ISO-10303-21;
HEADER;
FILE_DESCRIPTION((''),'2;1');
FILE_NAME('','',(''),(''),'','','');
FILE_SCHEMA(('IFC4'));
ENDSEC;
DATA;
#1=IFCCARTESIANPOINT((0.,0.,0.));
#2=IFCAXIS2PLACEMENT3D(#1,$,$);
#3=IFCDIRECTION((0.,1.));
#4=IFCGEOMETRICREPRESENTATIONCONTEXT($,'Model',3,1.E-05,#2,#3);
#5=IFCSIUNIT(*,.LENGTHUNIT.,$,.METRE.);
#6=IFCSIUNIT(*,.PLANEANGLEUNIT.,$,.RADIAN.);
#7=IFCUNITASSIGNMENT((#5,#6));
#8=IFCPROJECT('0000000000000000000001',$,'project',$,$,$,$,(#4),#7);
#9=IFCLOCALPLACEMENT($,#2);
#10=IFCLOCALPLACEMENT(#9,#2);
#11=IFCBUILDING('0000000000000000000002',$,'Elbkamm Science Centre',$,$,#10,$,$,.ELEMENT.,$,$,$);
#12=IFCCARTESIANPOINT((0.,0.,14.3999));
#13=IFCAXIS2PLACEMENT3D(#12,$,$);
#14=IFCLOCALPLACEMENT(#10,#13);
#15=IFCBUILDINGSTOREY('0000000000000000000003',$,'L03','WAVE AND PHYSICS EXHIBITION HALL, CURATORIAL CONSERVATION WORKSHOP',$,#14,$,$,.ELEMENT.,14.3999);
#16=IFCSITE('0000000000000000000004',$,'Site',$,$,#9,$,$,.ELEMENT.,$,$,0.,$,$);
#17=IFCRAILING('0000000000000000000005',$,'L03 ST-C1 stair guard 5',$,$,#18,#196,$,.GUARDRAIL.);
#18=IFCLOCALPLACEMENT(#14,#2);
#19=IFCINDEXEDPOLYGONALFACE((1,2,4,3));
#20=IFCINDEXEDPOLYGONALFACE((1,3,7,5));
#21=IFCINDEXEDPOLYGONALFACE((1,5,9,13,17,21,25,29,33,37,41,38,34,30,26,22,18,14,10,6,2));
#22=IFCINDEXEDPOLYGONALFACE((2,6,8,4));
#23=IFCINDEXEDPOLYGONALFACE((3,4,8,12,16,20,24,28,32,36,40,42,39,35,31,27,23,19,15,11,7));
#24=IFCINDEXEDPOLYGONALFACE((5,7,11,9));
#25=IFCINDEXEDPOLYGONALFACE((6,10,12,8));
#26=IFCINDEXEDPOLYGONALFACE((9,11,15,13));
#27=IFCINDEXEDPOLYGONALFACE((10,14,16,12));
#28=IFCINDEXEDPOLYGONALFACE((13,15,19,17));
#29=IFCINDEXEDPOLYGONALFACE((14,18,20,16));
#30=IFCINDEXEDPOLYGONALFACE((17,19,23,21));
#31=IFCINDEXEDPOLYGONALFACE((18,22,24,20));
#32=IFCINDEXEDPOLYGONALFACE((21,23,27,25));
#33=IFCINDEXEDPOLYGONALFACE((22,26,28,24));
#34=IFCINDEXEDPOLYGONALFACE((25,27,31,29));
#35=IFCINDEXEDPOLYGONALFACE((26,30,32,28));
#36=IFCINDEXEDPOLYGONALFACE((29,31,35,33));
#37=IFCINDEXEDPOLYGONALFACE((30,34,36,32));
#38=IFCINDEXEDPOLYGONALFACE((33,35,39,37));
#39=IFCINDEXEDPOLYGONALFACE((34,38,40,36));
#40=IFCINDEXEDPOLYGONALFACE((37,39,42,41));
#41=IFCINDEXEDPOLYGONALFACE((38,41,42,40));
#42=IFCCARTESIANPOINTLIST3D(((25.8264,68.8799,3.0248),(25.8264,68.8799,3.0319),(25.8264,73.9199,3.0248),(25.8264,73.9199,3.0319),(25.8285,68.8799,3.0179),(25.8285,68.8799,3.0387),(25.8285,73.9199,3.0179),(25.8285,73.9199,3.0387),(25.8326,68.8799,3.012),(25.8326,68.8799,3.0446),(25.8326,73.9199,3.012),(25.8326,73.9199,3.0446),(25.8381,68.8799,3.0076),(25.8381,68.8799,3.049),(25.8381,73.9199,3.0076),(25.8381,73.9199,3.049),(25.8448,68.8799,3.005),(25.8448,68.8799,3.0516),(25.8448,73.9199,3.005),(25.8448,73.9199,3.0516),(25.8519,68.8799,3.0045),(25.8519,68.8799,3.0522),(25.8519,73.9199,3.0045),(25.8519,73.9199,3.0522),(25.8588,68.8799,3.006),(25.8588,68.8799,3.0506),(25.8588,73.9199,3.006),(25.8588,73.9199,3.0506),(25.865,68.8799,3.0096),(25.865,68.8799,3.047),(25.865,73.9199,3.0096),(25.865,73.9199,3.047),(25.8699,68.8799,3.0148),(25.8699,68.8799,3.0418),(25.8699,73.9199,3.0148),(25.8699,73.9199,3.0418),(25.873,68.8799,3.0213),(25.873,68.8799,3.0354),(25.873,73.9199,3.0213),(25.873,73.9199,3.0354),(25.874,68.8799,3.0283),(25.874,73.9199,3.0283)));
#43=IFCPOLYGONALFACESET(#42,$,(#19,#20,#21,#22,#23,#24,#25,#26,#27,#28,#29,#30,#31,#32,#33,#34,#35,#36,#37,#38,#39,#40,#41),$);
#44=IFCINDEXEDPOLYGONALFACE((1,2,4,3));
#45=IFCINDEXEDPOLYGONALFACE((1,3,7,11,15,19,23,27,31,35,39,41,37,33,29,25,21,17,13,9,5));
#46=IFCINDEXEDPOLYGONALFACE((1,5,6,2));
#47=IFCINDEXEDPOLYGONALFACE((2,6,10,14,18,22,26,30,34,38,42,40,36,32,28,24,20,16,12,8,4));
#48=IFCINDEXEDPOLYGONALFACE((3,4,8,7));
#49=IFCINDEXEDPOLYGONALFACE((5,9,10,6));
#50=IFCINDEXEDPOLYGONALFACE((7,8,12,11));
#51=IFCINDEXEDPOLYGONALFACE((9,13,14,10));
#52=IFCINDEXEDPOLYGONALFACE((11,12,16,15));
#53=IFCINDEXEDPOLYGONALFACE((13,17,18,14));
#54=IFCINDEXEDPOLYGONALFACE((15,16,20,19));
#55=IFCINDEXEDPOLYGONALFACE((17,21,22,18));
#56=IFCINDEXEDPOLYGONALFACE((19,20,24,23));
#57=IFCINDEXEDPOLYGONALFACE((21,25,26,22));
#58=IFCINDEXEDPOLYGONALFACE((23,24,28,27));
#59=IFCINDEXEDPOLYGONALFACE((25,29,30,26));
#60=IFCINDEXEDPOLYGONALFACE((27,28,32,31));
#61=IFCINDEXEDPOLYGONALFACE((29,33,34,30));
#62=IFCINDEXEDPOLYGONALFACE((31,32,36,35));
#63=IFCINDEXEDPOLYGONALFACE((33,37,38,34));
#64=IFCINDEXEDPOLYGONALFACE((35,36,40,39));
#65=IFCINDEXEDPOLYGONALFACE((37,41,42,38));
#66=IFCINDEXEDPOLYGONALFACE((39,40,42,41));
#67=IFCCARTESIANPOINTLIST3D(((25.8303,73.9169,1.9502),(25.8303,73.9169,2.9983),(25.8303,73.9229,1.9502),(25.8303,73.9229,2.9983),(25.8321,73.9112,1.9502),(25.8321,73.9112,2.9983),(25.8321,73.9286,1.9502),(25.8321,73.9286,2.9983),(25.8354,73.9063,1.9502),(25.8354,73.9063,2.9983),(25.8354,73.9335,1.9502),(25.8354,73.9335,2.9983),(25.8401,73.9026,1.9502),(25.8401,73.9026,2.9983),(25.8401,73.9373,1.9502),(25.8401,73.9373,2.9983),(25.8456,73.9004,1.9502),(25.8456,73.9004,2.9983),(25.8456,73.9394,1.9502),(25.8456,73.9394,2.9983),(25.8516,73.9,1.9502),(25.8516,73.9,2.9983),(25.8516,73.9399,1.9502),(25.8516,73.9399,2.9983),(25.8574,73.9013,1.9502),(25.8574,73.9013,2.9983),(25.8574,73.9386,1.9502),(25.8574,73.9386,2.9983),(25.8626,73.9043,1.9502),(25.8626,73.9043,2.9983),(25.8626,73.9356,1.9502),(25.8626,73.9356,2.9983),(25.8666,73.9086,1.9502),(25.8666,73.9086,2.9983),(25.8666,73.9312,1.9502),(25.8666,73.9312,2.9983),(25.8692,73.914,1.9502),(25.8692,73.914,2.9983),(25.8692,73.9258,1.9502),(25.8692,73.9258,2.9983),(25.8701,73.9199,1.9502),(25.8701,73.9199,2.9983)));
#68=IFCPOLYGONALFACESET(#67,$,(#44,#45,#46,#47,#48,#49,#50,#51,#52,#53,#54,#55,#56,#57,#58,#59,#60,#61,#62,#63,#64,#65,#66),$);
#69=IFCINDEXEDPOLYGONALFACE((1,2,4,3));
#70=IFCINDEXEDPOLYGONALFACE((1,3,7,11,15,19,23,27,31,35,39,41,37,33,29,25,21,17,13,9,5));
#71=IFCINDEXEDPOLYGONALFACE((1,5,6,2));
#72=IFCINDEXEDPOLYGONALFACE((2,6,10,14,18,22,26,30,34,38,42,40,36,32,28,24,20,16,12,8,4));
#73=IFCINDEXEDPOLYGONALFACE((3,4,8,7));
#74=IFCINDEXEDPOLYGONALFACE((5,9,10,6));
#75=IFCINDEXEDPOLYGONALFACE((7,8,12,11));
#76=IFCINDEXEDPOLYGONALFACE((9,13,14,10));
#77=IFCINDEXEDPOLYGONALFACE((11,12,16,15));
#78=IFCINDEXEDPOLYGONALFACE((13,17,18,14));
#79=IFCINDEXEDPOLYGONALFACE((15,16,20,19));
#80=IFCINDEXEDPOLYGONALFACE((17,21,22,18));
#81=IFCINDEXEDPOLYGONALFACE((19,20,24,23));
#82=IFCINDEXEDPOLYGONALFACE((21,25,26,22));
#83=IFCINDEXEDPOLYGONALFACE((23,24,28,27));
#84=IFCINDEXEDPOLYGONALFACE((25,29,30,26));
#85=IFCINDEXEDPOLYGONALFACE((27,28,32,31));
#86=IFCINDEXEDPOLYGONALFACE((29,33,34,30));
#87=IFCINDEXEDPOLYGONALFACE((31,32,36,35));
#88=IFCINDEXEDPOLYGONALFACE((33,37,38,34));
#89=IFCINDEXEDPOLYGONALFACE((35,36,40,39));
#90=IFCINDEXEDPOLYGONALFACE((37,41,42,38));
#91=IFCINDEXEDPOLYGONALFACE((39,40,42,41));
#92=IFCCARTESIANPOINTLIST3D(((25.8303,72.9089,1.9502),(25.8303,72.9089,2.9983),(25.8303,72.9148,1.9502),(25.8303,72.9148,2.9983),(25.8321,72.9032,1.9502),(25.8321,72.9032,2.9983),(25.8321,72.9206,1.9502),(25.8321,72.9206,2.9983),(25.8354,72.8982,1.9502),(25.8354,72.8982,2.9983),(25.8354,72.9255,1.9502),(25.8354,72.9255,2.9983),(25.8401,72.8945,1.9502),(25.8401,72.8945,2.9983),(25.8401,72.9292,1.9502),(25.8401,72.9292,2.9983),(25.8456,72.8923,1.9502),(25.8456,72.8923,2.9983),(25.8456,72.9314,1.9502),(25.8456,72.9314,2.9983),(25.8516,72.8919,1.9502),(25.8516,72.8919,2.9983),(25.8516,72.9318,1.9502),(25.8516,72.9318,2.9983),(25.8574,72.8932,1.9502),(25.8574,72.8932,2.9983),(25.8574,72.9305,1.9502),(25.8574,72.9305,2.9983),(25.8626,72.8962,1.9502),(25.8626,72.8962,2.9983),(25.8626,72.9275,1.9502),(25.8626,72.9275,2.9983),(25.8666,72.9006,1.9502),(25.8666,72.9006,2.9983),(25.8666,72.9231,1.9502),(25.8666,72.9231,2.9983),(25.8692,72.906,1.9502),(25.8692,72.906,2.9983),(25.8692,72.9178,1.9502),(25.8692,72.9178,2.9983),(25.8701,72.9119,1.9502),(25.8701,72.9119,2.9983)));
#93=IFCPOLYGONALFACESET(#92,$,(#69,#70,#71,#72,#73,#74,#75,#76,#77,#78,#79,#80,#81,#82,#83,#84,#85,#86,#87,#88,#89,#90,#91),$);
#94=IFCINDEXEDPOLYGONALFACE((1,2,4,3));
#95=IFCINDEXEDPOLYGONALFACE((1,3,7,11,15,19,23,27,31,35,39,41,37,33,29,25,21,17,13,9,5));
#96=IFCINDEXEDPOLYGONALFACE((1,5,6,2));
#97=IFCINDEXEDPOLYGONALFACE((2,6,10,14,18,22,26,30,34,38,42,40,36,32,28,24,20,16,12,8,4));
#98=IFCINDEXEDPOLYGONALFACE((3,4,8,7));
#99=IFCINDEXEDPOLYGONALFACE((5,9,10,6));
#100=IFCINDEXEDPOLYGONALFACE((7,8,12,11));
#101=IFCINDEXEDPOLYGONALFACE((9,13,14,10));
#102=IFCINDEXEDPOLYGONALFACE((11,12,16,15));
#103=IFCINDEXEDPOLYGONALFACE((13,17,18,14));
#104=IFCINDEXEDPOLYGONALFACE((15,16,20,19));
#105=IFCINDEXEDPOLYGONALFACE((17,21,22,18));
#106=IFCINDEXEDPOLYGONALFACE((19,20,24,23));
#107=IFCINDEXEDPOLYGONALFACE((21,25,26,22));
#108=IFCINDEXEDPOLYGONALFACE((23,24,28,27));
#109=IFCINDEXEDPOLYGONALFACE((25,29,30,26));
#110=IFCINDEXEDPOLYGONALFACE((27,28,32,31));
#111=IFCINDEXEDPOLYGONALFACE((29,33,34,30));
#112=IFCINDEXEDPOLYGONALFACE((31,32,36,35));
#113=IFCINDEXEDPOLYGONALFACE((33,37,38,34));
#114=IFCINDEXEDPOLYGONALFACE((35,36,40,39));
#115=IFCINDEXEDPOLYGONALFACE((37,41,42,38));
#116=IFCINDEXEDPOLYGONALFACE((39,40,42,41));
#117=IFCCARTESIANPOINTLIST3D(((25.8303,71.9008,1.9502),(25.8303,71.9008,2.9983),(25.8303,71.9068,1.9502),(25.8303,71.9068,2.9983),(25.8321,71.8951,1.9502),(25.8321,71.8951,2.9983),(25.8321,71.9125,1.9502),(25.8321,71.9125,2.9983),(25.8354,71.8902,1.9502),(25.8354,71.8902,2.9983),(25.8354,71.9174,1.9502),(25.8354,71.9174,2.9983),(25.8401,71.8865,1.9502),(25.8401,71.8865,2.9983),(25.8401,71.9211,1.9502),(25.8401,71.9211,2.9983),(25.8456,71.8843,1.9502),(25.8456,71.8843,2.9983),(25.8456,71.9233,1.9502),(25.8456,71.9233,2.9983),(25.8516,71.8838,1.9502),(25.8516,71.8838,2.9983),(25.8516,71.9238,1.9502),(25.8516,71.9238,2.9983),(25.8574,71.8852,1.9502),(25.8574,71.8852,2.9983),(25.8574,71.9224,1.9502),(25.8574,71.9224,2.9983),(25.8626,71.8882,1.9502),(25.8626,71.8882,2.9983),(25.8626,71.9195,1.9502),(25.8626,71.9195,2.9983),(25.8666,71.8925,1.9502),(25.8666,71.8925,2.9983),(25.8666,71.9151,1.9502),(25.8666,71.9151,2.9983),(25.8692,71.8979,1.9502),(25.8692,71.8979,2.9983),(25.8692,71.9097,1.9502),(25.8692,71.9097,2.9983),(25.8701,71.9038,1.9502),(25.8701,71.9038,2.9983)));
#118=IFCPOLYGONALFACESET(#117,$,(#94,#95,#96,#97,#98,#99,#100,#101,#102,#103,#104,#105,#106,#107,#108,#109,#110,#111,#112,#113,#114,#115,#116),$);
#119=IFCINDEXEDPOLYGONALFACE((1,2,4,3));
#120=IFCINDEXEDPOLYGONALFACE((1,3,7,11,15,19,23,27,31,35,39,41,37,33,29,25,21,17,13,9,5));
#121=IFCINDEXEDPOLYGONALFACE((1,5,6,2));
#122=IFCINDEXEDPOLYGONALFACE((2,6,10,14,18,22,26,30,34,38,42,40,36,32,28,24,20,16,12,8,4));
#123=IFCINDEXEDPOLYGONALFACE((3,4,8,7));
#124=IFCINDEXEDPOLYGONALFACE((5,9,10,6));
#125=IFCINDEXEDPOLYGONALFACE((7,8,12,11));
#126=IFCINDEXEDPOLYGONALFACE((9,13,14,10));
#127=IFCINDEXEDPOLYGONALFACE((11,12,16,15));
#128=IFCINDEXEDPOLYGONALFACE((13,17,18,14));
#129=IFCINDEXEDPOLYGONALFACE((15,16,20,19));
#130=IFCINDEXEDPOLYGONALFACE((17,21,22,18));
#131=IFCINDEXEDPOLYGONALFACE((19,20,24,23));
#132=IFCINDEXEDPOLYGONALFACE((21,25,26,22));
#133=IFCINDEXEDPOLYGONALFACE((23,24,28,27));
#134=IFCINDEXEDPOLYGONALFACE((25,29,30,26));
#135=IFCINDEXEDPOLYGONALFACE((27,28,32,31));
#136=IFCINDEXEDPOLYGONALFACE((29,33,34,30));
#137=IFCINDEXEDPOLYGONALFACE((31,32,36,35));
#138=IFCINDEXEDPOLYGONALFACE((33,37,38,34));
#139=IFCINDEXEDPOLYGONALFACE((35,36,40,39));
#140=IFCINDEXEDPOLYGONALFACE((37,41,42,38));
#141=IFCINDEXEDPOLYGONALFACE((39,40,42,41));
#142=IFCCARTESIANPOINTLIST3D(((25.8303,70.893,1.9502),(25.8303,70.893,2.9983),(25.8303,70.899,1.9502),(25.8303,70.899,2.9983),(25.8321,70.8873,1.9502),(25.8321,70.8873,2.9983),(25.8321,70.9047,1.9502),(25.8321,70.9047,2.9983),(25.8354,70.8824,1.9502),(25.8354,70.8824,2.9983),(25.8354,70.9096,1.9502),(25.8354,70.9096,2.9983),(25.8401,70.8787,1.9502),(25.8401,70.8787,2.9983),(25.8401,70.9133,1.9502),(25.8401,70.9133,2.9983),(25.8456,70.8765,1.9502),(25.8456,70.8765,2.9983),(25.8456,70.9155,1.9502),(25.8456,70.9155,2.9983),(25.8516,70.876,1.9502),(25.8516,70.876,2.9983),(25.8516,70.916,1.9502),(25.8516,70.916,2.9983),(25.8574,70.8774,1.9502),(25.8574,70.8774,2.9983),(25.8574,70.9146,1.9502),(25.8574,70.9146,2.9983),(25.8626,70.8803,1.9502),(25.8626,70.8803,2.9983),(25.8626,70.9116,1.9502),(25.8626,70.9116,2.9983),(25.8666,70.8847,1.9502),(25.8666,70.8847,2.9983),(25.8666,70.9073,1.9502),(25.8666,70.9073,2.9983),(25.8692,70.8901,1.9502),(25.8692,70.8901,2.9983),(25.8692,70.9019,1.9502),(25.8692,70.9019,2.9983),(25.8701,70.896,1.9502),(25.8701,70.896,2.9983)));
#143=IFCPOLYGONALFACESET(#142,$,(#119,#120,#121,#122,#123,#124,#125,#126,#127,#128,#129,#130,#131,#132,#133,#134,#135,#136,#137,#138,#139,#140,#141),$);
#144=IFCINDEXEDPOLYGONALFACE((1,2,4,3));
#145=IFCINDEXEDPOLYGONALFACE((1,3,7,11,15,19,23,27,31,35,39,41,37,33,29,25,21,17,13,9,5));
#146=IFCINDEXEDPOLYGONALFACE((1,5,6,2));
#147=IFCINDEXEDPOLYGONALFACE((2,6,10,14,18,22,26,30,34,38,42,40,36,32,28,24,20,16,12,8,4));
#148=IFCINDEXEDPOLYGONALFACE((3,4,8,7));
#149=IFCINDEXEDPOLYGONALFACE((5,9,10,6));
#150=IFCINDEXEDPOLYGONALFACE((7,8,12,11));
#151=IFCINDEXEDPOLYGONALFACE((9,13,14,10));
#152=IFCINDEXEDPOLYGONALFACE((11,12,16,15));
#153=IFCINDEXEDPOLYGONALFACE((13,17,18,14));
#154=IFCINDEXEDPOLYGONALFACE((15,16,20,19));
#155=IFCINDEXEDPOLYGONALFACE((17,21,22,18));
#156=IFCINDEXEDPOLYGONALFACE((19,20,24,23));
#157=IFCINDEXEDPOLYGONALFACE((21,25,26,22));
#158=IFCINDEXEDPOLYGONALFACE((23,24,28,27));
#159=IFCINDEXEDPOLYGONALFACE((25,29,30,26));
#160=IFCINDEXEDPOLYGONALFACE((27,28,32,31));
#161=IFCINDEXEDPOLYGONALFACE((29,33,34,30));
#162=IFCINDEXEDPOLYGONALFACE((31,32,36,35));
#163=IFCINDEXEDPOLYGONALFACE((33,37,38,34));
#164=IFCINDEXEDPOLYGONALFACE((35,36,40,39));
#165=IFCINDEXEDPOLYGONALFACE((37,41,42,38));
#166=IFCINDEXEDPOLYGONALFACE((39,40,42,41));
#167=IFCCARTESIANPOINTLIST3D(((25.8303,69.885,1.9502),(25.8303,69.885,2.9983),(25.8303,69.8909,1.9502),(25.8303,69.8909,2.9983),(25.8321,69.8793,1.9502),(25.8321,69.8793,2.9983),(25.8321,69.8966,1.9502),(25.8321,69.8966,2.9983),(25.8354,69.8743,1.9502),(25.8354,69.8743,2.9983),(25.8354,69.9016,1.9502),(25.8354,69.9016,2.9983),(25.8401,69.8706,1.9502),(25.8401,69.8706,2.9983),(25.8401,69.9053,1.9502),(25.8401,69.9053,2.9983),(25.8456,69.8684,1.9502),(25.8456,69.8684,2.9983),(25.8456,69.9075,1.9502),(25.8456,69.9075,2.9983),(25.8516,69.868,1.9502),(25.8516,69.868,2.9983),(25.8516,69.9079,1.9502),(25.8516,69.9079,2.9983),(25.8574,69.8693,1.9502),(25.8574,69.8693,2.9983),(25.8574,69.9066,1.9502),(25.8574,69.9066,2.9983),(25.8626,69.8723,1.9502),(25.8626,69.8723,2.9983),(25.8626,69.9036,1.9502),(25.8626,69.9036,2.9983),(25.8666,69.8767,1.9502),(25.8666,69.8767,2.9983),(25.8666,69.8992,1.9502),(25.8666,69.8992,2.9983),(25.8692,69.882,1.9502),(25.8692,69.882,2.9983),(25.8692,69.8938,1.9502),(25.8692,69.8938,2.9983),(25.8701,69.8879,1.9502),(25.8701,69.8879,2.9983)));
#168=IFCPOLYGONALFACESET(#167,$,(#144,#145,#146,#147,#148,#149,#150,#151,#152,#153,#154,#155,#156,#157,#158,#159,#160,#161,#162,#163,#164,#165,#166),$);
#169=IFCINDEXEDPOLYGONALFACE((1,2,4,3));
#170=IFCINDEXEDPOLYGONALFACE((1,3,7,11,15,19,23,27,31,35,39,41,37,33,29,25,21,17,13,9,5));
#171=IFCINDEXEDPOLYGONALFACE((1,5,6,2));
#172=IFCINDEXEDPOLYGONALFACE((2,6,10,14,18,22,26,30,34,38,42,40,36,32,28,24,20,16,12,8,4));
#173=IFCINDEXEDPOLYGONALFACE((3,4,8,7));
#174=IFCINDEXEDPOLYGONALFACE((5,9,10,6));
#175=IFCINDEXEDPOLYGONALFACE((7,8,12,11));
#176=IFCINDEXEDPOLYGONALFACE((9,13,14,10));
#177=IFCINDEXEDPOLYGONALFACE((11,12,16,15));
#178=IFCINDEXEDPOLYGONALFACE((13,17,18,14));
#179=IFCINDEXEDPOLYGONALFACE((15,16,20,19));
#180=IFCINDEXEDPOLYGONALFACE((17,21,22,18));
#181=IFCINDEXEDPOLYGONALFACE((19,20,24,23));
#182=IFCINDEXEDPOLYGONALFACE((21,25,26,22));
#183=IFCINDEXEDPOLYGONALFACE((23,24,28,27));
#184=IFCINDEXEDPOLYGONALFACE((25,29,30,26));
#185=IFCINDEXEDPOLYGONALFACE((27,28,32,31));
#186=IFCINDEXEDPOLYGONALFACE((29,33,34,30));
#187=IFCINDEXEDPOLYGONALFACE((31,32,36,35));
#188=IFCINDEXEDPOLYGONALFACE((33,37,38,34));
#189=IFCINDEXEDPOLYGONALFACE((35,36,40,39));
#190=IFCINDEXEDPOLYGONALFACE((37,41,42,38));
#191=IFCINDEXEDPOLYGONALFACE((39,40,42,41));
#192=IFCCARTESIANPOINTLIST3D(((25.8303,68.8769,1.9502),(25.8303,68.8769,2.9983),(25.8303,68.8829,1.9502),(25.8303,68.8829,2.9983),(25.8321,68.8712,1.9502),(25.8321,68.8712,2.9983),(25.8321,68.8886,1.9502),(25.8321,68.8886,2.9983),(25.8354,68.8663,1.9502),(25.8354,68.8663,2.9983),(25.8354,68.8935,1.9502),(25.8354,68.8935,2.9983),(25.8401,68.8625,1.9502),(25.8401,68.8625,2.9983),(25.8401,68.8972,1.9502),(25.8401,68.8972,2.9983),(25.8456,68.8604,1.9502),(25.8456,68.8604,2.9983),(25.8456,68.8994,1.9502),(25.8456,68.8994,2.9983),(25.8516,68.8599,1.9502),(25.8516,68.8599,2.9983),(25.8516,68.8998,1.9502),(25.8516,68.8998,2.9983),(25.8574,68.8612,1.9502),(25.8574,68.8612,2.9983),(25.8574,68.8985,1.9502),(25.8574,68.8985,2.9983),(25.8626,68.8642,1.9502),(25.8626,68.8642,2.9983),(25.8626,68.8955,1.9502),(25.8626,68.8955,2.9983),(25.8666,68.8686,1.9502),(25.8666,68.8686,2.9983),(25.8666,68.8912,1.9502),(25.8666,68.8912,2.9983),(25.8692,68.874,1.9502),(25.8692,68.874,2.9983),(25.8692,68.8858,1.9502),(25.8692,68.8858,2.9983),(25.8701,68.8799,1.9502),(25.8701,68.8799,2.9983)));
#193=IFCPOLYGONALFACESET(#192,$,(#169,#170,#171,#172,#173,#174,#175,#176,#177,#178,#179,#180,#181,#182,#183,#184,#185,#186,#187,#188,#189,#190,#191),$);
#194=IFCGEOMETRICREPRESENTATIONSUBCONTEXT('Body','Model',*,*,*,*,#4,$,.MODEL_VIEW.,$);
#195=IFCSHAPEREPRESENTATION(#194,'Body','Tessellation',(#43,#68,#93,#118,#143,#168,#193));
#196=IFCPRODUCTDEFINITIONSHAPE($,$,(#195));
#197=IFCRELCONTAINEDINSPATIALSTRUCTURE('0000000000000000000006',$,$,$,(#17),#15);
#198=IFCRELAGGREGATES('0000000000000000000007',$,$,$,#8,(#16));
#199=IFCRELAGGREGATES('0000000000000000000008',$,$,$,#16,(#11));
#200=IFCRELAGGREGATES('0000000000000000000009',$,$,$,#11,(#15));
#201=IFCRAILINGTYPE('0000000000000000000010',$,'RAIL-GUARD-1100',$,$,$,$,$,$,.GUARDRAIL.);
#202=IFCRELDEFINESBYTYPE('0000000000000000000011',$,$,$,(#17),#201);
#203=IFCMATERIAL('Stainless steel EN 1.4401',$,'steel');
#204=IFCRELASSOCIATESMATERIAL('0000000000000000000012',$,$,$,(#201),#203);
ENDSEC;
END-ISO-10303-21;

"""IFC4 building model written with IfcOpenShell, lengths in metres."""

from ifc_helpers import new_model, si_unit, direction, frame, origin, origin_2d, place, context, subcontext, project, spatial, circle, extrude, material, type_object, element, save


model = new_model("IFC4")

# Units and contexts
model_context = context("Model", 3, precision=1e-05, world=origin(), true_north=direction((0.0, 1.0)))
body_context = subcontext(model_context, "Body", "Model", "MODEL_VIEW")
ifc_project = project(units=[si_unit("LENGTHUNIT", "METRE"), si_unit("PLANEANGLEUNIT", "RADIAN")], contexts=[model_context])

# Site, building, storey
site_placement = place(None, origin())
site = spatial("IfcSite", under=ifc_project, at=site_placement, Name="Site", CompositionType="ELEMENT", RefElevation=0.0)
building_placement = place(site_placement, origin())
building = spatial("IfcBuilding", under=site, at=building_placement, Name="Elbkamm Science Centre", CompositionType="ELEMENT")
storey_placement = place(building_placement, frame((0.0, 0.0, 14.3999)))
storey = spatial("IfcBuildingStorey", under=building, at=storey_placement, Name="L03", Description="WAVE AND PHYSICS EXHIBITION HALL, CURATORIAL CONSERVATION WORKSHOP", CompositionType="ELEMENT", Elevation=14.3999)

# Railing
ifc_material_1 = material(Name="Stainless steel EN 1.4401", Category="steel")
railing_type_1 = type_object("IfcRailingType", Name="RAIL-GUARD-1100", PredefinedType="GUARDRAIL", material=ifc_material_1)
railing_1_placement = place(storey_placement, frame((25.8501, 73.9199, 1.9502)))
element("IfcRailing", 1, at=railing_1_placement, inside=storey, type_object=railing_type_1, Name="L03 ST-C1 stair guard 5", PredefinedType="GUARDRAIL", context=body_context, shape_type="SweptSolid", body=[
    extrude(circle(Radius=0.0239, at=origin_2d()), frame((0.0, 0.0, 1.0781), z_axis=(0.0, -1.0, 0.0), x_axis=(1.0, 0.0, 0.0)), (0.0, 0.0, 1.0), 5.04),
    extrude(circle(Radius=0.02, at=origin_2d()), origin(), (0.0, 0.0, 1.0), 1.0481),
    extrude(circle(Radius=0.02, at=origin_2d()), frame((0.0, -1.0081, 0.0)), (0.0, 0.0, 1.0), 1.0481),
    extrude(circle(Radius=0.02, at=origin_2d()), frame((0.0, -2.0161, 0.0)), (0.0, 0.0, 1.0), 1.0481),
    extrude(circle(Radius=0.02, at=origin_2d()), frame((0.0, -3.0239, 0.0)), (0.0, 0.0, 1.0), 1.0481),
    extrude(circle(Radius=0.02, at=origin_2d()), frame((0.0, -4.032, 0.0)), (0.0, 0.0, 1.0), 1.0481),
    extrude(circle(Radius=0.02, at=origin_2d()), frame((0.0, -5.04, 0.0)), (0.0, 0.0, 1.0), 1.0481),
])

save(model, "model.ifc")
